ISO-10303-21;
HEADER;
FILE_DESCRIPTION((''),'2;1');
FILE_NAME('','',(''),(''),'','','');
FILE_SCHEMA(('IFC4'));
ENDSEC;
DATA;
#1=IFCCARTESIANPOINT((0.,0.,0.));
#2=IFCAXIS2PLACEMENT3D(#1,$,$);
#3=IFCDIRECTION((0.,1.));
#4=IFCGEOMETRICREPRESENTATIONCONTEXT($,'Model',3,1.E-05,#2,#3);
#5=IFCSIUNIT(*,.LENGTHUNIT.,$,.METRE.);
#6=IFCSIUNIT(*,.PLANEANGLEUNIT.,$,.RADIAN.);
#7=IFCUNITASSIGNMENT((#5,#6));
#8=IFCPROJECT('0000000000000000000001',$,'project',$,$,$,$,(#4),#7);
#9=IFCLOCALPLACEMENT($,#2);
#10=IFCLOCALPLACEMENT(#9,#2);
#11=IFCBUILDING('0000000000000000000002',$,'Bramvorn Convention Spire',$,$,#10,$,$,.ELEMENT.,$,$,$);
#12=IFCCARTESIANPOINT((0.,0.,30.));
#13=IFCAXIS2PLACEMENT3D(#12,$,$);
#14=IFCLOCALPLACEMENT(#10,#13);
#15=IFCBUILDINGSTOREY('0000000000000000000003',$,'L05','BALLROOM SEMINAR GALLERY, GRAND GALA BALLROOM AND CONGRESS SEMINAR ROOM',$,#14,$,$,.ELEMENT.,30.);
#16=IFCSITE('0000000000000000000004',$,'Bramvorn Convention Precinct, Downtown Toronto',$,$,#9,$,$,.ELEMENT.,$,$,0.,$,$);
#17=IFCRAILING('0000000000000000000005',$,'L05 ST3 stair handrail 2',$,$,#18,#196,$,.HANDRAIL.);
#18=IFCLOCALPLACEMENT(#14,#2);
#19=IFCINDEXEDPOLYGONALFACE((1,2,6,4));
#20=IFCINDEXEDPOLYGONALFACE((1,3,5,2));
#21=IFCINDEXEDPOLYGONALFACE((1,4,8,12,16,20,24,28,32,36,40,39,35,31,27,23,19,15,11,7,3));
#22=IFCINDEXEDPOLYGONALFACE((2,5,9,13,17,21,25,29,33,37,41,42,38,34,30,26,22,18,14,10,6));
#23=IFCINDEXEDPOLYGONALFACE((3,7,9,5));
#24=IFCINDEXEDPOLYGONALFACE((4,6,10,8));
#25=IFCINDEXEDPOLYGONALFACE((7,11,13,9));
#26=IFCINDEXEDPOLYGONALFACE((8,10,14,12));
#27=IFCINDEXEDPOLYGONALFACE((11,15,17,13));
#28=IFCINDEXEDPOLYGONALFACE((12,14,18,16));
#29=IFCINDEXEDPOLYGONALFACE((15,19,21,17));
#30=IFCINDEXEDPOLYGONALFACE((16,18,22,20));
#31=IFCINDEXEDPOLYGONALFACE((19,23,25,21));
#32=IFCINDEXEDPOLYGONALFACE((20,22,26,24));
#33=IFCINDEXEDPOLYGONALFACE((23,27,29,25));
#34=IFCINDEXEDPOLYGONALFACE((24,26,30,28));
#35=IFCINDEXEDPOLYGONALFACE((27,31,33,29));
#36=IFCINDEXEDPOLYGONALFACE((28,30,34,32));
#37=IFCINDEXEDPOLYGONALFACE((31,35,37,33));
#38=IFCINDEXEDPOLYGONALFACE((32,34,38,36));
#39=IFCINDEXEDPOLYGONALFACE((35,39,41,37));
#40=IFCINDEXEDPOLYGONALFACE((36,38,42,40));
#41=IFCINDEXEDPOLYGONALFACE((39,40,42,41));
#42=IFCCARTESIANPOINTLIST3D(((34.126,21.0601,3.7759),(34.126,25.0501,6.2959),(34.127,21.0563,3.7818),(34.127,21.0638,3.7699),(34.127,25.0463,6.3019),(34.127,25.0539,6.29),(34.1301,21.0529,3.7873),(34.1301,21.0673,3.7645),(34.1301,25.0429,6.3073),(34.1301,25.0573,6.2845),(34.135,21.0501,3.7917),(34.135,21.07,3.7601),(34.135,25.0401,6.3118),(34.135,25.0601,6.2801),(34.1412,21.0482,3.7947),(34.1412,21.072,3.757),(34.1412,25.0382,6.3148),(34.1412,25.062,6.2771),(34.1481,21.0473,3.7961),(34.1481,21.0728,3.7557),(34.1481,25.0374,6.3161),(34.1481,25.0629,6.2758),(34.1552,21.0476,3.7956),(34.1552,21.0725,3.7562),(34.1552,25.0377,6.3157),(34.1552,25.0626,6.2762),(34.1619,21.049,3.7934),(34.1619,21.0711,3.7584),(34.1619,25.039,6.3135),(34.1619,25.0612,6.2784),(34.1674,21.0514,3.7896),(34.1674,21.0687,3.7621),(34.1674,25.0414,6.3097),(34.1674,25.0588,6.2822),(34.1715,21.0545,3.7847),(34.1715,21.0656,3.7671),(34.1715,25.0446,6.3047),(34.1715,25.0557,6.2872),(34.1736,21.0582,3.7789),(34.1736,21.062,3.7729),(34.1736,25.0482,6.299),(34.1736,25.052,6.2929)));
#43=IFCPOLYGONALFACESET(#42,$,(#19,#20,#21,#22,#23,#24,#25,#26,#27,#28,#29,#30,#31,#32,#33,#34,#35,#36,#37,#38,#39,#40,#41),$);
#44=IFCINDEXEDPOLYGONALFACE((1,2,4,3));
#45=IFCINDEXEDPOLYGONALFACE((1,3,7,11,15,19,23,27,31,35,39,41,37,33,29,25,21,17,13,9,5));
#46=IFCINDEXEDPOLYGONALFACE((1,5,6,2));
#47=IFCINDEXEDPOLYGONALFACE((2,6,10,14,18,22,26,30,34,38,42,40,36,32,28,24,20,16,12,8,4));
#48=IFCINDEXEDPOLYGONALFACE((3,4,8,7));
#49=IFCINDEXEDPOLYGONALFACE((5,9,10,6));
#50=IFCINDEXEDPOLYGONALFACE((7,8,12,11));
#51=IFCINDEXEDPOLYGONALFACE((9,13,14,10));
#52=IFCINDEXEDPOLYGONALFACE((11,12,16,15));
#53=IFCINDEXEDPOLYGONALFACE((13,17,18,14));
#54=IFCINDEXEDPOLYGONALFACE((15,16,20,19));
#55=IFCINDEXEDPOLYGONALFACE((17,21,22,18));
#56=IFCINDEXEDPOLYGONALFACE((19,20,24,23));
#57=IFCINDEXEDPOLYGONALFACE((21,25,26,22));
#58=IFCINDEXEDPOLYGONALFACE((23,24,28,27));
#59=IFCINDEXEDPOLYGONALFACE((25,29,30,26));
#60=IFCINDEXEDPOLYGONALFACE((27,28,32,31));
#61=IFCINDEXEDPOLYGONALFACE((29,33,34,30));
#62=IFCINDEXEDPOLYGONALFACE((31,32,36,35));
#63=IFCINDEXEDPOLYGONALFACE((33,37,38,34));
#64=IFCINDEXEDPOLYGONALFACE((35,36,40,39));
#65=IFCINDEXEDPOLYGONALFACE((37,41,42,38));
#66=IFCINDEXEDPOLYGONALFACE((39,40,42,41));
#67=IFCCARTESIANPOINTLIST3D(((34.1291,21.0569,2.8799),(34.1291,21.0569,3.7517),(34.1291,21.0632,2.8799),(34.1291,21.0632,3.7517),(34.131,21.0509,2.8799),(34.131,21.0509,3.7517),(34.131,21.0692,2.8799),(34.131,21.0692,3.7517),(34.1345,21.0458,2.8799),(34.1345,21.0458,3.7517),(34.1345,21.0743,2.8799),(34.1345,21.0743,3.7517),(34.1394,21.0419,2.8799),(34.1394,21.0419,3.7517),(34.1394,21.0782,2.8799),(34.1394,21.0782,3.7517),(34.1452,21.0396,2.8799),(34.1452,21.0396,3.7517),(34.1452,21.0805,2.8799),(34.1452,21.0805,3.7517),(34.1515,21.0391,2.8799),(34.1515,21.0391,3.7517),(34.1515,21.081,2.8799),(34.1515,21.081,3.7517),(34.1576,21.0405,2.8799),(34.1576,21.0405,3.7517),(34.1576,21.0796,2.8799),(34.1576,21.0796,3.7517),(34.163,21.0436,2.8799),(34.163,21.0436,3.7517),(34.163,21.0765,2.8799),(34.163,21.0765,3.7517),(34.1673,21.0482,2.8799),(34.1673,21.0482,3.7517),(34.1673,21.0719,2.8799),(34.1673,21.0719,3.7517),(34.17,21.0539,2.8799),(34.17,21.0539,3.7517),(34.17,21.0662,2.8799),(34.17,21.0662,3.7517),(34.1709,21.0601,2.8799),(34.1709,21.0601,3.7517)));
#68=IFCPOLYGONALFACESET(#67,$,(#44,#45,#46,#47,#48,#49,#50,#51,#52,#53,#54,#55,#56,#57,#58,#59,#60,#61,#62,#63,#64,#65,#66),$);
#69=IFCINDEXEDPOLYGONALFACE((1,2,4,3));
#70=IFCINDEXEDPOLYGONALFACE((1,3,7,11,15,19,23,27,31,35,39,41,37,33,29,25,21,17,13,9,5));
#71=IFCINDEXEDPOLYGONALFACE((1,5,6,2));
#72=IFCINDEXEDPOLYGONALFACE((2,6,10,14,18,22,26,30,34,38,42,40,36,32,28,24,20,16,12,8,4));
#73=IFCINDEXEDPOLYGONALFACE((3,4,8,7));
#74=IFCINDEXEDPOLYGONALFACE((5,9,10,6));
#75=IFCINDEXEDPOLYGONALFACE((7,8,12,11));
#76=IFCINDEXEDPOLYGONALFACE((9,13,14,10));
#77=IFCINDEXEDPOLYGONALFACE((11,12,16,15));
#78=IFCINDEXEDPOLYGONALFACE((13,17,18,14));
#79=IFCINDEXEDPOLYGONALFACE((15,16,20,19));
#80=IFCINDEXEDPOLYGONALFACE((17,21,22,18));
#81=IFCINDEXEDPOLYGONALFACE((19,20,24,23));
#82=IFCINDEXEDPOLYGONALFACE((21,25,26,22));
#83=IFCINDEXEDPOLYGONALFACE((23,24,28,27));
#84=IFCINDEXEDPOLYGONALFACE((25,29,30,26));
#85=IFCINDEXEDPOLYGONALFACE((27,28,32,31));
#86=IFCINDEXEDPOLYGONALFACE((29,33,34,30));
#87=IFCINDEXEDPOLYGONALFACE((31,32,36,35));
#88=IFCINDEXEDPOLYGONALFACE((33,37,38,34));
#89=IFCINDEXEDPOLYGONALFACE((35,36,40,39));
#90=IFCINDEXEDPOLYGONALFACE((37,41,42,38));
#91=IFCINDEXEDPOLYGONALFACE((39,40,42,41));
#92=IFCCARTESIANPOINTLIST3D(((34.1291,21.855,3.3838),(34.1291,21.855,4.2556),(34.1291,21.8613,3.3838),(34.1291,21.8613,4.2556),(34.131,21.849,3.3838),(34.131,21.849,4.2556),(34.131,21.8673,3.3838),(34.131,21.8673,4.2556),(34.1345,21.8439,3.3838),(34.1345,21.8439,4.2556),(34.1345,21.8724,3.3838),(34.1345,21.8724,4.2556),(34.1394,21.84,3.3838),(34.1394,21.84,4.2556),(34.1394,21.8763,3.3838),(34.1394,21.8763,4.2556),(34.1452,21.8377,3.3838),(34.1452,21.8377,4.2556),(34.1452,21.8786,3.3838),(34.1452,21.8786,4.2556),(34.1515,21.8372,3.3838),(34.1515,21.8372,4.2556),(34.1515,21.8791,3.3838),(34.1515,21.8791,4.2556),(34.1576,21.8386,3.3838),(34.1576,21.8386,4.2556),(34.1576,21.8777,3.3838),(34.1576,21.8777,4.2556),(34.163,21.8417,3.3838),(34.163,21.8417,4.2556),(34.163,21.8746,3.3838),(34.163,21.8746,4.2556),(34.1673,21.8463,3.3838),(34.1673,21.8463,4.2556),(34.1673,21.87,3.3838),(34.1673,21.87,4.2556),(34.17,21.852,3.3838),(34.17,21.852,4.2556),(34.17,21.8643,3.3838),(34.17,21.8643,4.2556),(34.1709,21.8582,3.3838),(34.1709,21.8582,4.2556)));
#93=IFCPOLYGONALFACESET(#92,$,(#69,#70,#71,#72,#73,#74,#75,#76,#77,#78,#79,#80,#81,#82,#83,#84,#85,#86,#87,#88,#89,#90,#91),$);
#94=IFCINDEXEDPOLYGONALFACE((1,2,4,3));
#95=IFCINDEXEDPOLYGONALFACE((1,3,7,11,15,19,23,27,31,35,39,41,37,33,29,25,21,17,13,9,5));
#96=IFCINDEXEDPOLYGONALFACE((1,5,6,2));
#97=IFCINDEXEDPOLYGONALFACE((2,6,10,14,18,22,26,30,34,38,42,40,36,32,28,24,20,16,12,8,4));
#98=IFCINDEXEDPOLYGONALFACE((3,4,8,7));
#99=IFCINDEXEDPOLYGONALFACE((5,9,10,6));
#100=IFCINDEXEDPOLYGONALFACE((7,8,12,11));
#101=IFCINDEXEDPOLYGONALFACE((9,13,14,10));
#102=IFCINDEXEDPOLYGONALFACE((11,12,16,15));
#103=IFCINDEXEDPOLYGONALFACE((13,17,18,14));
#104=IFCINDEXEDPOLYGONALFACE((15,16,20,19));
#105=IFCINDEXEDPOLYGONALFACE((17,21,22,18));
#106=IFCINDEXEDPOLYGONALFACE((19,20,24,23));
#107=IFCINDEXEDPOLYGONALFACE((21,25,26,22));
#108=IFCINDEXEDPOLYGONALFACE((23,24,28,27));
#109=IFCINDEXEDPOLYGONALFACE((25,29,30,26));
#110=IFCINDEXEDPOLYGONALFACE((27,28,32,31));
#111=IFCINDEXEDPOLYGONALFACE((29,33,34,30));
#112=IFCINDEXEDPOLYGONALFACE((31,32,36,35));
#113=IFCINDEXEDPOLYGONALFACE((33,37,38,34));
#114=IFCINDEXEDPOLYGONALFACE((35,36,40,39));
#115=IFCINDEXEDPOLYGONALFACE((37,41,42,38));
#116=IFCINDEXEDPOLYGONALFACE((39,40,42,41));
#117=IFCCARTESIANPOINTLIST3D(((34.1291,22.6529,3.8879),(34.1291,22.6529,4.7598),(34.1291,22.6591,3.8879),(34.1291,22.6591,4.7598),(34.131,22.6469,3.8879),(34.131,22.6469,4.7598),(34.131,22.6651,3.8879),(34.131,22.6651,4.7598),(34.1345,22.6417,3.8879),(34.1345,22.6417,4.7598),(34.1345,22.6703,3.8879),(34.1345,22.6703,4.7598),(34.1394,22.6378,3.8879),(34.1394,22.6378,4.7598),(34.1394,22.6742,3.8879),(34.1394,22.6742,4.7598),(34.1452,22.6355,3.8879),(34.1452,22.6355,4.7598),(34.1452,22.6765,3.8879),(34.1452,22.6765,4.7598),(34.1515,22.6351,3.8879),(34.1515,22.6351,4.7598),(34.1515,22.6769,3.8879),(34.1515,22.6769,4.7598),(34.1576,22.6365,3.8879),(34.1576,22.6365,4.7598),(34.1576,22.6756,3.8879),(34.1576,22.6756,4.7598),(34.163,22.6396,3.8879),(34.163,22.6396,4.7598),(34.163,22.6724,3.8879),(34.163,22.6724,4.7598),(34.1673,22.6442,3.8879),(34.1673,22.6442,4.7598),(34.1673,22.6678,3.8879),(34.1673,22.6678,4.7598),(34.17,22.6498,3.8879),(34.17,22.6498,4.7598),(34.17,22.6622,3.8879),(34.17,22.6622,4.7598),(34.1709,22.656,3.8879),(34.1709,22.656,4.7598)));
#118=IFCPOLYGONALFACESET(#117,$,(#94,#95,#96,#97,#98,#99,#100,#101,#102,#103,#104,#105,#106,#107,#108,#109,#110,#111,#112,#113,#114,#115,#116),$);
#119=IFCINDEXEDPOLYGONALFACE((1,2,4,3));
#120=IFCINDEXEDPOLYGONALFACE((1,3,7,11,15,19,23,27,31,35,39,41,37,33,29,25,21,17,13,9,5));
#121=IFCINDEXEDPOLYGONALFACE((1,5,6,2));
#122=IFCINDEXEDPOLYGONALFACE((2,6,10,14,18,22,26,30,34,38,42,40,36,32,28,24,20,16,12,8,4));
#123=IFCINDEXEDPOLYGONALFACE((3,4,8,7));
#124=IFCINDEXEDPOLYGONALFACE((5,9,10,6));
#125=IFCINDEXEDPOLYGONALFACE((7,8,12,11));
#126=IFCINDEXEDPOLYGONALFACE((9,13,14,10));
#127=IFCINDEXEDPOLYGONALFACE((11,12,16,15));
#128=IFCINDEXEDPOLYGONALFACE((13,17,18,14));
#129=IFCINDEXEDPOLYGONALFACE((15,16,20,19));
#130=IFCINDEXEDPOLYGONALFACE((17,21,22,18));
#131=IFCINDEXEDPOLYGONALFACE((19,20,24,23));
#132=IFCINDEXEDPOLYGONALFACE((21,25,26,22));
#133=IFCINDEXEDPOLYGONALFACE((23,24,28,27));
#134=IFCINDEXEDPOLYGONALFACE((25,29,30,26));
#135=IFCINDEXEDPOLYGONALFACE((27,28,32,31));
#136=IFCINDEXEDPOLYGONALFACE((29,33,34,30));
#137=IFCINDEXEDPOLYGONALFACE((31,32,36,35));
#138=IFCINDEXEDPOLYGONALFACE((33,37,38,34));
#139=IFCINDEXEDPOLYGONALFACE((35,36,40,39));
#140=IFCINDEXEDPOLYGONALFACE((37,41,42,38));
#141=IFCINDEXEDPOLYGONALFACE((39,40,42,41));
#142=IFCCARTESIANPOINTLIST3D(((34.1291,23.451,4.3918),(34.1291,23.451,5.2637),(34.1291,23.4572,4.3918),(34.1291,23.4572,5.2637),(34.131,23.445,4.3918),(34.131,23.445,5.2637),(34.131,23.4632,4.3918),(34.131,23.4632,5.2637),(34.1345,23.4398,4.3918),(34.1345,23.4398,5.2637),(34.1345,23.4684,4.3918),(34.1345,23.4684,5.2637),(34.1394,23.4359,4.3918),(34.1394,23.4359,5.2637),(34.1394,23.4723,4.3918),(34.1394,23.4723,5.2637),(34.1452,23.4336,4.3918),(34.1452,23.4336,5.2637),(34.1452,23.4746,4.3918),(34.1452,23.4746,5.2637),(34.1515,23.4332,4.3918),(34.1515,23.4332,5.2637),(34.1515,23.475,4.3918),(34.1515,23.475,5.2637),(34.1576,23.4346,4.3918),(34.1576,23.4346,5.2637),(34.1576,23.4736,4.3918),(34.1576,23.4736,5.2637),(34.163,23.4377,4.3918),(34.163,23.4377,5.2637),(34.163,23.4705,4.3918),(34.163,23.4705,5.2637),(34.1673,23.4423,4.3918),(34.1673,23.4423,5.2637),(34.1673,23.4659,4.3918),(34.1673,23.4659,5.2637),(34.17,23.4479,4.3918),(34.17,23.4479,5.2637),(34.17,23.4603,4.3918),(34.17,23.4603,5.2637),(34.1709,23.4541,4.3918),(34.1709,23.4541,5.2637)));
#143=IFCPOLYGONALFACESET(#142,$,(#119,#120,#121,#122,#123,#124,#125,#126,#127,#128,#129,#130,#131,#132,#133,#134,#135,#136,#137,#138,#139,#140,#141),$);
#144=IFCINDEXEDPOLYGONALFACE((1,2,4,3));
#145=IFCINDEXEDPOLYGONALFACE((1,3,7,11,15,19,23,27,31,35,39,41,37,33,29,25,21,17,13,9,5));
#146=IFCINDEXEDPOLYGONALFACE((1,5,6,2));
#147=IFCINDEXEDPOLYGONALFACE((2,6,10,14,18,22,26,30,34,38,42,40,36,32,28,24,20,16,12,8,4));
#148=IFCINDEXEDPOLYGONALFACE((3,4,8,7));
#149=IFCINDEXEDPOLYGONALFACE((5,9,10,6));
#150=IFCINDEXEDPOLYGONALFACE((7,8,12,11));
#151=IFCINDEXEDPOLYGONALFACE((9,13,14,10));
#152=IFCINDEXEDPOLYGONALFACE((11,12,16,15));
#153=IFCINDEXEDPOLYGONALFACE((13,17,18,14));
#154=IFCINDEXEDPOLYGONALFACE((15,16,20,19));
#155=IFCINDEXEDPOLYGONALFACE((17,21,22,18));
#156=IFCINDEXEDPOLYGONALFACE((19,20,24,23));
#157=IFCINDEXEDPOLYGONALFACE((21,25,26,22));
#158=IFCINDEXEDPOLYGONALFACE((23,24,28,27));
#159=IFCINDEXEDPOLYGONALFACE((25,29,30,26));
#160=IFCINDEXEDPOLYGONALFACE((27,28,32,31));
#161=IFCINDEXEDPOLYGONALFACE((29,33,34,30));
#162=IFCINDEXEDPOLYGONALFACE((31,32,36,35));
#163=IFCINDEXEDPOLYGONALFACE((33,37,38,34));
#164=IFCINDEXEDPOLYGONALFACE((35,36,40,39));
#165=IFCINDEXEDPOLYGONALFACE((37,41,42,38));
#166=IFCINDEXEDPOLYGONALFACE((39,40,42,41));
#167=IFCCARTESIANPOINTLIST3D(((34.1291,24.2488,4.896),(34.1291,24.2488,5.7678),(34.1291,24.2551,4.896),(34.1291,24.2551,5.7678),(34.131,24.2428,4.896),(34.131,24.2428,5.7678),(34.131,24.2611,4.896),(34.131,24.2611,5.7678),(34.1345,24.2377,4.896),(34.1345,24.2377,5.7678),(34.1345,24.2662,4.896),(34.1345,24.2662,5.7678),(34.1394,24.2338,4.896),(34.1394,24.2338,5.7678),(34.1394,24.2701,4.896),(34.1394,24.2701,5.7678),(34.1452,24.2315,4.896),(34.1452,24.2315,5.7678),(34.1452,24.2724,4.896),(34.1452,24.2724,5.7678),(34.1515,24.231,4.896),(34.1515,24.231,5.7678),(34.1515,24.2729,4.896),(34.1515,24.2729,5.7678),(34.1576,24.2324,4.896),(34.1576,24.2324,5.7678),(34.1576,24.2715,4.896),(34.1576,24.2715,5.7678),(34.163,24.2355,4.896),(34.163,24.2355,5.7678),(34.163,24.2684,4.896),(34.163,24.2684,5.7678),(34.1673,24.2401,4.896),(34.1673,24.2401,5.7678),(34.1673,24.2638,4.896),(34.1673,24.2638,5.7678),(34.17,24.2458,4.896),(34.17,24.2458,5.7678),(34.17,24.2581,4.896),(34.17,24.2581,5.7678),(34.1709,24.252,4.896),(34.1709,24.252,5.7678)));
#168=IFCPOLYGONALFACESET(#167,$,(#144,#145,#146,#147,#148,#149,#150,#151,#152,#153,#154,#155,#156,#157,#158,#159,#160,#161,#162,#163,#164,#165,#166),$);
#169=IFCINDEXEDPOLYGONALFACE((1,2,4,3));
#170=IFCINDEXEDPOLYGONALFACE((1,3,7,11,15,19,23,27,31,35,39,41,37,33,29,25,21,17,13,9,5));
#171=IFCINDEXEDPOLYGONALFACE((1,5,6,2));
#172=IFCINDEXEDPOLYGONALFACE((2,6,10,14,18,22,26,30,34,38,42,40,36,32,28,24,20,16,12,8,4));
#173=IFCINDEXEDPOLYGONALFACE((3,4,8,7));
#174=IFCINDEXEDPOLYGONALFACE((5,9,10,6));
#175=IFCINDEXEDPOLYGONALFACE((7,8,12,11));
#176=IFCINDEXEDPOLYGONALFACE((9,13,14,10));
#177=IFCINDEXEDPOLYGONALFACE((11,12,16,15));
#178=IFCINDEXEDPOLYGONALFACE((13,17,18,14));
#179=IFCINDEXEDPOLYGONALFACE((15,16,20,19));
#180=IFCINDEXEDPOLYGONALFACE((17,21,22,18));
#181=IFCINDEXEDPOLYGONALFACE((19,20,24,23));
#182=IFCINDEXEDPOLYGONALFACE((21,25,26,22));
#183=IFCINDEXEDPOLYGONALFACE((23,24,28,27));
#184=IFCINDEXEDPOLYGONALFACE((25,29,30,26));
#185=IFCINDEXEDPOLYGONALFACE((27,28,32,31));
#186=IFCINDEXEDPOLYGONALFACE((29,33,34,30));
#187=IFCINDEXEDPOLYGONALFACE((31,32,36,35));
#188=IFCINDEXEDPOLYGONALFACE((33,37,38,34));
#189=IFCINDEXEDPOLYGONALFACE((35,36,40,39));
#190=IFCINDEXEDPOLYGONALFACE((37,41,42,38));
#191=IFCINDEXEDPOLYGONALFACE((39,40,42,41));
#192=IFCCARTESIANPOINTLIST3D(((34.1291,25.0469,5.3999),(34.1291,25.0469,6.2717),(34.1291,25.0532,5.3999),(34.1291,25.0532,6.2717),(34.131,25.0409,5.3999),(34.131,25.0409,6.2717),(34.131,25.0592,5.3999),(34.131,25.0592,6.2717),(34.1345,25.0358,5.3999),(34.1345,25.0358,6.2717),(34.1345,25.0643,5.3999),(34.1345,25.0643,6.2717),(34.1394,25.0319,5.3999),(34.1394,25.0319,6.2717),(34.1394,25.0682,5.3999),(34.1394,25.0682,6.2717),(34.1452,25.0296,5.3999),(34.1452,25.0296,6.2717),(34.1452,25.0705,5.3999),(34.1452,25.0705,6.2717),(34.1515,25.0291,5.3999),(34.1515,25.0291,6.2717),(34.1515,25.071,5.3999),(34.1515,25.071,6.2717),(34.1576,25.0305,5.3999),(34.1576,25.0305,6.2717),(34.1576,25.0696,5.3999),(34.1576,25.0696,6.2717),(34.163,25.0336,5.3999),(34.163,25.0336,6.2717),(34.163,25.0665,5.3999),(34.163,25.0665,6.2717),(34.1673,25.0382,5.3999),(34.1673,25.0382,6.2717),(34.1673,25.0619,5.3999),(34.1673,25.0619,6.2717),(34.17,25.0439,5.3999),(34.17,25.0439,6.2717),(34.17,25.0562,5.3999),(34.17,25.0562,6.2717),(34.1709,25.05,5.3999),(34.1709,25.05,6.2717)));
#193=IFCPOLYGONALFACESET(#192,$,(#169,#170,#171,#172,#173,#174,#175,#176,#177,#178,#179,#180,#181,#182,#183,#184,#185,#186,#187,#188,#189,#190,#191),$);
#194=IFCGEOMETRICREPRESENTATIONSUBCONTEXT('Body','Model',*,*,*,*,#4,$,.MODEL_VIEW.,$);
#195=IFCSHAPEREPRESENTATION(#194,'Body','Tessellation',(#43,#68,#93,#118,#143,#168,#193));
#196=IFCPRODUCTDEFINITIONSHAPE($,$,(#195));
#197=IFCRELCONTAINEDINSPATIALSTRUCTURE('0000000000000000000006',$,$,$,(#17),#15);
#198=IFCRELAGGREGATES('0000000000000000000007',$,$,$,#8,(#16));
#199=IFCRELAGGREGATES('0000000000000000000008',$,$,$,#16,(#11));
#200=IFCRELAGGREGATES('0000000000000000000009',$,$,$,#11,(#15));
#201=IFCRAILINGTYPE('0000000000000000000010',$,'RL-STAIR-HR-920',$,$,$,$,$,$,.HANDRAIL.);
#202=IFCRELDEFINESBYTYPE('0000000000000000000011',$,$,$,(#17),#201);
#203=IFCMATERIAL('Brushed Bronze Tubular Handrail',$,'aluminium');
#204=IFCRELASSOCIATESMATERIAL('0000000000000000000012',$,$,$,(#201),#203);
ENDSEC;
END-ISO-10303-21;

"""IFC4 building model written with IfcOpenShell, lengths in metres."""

from ifc_helpers import new_model, si_unit, direction, frame, origin, origin_2d, place, context, subcontext, project, spatial, circle, extrude, material, type_object, element, save


model = new_model("IFC4")

# Units and contexts
model_context = context("Model", 3, precision=1e-05, world=origin(), true_north=direction((0.0, 1.0)))
body_context = subcontext(model_context, "Body", "Model", "MODEL_VIEW")
ifc_project = project(units=[si_unit("LENGTHUNIT", "METRE"), si_unit("PLANEANGLEUNIT", "RADIAN")], contexts=[model_context])

# Site, building, storey
site_placement = place(None, origin())
site = spatial("IfcSite", under=ifc_project, at=site_placement, Name="Bramvorn Convention Precinct, Downtown Toronto", CompositionType="ELEMENT", RefElevation=0.0)
building_placement = place(site_placement, origin())
building = spatial("IfcBuilding", under=site, at=building_placement, Name="Bramvorn Convention Spire", CompositionType="ELEMENT")
storey_placement = place(building_placement, frame((0.0, 0.0, 30.0)))
storey = spatial("IfcBuildingStorey", under=building, at=storey_placement, Name="L05", Description="BALLROOM SEMINAR GALLERY, GRAND GALA BALLROOM AND CONGRESS SEMINAR ROOM", CompositionType="ELEMENT", Elevation=30.0)

# Railing
ifc_material_1 = material(Name="Brushed Bronze Tubular Handrail", Category="aluminium")
railing_type_1 = type_object("IfcRailingType", Name="RL-STAIR-HR-920", PredefinedType="HANDRAIL", material=ifc_material_1)
for number, where, name in (
    (1, (34.1499, 21.0601, 2.8799), "L05 ST3 stair handrail 2"),
):
    element("IfcRailing", number, at=place(storey_placement, frame(where)), inside=storey, type_object=railing_type_1, Name=name, PredefinedType="HANDRAIL", context=body_context, shape_type="SweptSolid", body=[
        extrude(circle(Radius=0.0239, at=origin_2d()), frame((0.0, 0.0, 0.896), z_axis=(0.0, 0.845486, 0.533997), x_axis=(-1.0, 0.0, 0.0)), (0.0, 0.0, 1.0), 4.7192),
        extrude(circle(Radius=0.021, at=origin_2d()), origin(), (0.0, 0.0, 1.0), 0.8718),
        extrude(circle(Radius=0.021, at=origin_2d()), frame((0.0, 0.7981, 0.5039)), (0.0, 0.0, 1.0), 0.8718),
        extrude(circle(Radius=0.021, at=origin_2d()), frame((0.0, 1.5959, 1.0081)), (0.0, 0.0, 1.0), 0.8718),
        extrude(circle(Radius=0.021, at=origin_2d()), frame((0.0, 2.394, 1.512)), (0.0, 0.0, 1.0), 0.8718),
        extrude(circle(Radius=0.021, at=origin_2d()), frame((0.0, 3.1919, 2.0161)), (0.0, 0.0, 1.0), 0.8718),
        extrude(circle(Radius=0.021, at=origin_2d()), frame((0.0, 3.99, 2.52)), (0.0, 0.0, 1.0), 0.8718),
    ])

save(model, "model.ifc")
